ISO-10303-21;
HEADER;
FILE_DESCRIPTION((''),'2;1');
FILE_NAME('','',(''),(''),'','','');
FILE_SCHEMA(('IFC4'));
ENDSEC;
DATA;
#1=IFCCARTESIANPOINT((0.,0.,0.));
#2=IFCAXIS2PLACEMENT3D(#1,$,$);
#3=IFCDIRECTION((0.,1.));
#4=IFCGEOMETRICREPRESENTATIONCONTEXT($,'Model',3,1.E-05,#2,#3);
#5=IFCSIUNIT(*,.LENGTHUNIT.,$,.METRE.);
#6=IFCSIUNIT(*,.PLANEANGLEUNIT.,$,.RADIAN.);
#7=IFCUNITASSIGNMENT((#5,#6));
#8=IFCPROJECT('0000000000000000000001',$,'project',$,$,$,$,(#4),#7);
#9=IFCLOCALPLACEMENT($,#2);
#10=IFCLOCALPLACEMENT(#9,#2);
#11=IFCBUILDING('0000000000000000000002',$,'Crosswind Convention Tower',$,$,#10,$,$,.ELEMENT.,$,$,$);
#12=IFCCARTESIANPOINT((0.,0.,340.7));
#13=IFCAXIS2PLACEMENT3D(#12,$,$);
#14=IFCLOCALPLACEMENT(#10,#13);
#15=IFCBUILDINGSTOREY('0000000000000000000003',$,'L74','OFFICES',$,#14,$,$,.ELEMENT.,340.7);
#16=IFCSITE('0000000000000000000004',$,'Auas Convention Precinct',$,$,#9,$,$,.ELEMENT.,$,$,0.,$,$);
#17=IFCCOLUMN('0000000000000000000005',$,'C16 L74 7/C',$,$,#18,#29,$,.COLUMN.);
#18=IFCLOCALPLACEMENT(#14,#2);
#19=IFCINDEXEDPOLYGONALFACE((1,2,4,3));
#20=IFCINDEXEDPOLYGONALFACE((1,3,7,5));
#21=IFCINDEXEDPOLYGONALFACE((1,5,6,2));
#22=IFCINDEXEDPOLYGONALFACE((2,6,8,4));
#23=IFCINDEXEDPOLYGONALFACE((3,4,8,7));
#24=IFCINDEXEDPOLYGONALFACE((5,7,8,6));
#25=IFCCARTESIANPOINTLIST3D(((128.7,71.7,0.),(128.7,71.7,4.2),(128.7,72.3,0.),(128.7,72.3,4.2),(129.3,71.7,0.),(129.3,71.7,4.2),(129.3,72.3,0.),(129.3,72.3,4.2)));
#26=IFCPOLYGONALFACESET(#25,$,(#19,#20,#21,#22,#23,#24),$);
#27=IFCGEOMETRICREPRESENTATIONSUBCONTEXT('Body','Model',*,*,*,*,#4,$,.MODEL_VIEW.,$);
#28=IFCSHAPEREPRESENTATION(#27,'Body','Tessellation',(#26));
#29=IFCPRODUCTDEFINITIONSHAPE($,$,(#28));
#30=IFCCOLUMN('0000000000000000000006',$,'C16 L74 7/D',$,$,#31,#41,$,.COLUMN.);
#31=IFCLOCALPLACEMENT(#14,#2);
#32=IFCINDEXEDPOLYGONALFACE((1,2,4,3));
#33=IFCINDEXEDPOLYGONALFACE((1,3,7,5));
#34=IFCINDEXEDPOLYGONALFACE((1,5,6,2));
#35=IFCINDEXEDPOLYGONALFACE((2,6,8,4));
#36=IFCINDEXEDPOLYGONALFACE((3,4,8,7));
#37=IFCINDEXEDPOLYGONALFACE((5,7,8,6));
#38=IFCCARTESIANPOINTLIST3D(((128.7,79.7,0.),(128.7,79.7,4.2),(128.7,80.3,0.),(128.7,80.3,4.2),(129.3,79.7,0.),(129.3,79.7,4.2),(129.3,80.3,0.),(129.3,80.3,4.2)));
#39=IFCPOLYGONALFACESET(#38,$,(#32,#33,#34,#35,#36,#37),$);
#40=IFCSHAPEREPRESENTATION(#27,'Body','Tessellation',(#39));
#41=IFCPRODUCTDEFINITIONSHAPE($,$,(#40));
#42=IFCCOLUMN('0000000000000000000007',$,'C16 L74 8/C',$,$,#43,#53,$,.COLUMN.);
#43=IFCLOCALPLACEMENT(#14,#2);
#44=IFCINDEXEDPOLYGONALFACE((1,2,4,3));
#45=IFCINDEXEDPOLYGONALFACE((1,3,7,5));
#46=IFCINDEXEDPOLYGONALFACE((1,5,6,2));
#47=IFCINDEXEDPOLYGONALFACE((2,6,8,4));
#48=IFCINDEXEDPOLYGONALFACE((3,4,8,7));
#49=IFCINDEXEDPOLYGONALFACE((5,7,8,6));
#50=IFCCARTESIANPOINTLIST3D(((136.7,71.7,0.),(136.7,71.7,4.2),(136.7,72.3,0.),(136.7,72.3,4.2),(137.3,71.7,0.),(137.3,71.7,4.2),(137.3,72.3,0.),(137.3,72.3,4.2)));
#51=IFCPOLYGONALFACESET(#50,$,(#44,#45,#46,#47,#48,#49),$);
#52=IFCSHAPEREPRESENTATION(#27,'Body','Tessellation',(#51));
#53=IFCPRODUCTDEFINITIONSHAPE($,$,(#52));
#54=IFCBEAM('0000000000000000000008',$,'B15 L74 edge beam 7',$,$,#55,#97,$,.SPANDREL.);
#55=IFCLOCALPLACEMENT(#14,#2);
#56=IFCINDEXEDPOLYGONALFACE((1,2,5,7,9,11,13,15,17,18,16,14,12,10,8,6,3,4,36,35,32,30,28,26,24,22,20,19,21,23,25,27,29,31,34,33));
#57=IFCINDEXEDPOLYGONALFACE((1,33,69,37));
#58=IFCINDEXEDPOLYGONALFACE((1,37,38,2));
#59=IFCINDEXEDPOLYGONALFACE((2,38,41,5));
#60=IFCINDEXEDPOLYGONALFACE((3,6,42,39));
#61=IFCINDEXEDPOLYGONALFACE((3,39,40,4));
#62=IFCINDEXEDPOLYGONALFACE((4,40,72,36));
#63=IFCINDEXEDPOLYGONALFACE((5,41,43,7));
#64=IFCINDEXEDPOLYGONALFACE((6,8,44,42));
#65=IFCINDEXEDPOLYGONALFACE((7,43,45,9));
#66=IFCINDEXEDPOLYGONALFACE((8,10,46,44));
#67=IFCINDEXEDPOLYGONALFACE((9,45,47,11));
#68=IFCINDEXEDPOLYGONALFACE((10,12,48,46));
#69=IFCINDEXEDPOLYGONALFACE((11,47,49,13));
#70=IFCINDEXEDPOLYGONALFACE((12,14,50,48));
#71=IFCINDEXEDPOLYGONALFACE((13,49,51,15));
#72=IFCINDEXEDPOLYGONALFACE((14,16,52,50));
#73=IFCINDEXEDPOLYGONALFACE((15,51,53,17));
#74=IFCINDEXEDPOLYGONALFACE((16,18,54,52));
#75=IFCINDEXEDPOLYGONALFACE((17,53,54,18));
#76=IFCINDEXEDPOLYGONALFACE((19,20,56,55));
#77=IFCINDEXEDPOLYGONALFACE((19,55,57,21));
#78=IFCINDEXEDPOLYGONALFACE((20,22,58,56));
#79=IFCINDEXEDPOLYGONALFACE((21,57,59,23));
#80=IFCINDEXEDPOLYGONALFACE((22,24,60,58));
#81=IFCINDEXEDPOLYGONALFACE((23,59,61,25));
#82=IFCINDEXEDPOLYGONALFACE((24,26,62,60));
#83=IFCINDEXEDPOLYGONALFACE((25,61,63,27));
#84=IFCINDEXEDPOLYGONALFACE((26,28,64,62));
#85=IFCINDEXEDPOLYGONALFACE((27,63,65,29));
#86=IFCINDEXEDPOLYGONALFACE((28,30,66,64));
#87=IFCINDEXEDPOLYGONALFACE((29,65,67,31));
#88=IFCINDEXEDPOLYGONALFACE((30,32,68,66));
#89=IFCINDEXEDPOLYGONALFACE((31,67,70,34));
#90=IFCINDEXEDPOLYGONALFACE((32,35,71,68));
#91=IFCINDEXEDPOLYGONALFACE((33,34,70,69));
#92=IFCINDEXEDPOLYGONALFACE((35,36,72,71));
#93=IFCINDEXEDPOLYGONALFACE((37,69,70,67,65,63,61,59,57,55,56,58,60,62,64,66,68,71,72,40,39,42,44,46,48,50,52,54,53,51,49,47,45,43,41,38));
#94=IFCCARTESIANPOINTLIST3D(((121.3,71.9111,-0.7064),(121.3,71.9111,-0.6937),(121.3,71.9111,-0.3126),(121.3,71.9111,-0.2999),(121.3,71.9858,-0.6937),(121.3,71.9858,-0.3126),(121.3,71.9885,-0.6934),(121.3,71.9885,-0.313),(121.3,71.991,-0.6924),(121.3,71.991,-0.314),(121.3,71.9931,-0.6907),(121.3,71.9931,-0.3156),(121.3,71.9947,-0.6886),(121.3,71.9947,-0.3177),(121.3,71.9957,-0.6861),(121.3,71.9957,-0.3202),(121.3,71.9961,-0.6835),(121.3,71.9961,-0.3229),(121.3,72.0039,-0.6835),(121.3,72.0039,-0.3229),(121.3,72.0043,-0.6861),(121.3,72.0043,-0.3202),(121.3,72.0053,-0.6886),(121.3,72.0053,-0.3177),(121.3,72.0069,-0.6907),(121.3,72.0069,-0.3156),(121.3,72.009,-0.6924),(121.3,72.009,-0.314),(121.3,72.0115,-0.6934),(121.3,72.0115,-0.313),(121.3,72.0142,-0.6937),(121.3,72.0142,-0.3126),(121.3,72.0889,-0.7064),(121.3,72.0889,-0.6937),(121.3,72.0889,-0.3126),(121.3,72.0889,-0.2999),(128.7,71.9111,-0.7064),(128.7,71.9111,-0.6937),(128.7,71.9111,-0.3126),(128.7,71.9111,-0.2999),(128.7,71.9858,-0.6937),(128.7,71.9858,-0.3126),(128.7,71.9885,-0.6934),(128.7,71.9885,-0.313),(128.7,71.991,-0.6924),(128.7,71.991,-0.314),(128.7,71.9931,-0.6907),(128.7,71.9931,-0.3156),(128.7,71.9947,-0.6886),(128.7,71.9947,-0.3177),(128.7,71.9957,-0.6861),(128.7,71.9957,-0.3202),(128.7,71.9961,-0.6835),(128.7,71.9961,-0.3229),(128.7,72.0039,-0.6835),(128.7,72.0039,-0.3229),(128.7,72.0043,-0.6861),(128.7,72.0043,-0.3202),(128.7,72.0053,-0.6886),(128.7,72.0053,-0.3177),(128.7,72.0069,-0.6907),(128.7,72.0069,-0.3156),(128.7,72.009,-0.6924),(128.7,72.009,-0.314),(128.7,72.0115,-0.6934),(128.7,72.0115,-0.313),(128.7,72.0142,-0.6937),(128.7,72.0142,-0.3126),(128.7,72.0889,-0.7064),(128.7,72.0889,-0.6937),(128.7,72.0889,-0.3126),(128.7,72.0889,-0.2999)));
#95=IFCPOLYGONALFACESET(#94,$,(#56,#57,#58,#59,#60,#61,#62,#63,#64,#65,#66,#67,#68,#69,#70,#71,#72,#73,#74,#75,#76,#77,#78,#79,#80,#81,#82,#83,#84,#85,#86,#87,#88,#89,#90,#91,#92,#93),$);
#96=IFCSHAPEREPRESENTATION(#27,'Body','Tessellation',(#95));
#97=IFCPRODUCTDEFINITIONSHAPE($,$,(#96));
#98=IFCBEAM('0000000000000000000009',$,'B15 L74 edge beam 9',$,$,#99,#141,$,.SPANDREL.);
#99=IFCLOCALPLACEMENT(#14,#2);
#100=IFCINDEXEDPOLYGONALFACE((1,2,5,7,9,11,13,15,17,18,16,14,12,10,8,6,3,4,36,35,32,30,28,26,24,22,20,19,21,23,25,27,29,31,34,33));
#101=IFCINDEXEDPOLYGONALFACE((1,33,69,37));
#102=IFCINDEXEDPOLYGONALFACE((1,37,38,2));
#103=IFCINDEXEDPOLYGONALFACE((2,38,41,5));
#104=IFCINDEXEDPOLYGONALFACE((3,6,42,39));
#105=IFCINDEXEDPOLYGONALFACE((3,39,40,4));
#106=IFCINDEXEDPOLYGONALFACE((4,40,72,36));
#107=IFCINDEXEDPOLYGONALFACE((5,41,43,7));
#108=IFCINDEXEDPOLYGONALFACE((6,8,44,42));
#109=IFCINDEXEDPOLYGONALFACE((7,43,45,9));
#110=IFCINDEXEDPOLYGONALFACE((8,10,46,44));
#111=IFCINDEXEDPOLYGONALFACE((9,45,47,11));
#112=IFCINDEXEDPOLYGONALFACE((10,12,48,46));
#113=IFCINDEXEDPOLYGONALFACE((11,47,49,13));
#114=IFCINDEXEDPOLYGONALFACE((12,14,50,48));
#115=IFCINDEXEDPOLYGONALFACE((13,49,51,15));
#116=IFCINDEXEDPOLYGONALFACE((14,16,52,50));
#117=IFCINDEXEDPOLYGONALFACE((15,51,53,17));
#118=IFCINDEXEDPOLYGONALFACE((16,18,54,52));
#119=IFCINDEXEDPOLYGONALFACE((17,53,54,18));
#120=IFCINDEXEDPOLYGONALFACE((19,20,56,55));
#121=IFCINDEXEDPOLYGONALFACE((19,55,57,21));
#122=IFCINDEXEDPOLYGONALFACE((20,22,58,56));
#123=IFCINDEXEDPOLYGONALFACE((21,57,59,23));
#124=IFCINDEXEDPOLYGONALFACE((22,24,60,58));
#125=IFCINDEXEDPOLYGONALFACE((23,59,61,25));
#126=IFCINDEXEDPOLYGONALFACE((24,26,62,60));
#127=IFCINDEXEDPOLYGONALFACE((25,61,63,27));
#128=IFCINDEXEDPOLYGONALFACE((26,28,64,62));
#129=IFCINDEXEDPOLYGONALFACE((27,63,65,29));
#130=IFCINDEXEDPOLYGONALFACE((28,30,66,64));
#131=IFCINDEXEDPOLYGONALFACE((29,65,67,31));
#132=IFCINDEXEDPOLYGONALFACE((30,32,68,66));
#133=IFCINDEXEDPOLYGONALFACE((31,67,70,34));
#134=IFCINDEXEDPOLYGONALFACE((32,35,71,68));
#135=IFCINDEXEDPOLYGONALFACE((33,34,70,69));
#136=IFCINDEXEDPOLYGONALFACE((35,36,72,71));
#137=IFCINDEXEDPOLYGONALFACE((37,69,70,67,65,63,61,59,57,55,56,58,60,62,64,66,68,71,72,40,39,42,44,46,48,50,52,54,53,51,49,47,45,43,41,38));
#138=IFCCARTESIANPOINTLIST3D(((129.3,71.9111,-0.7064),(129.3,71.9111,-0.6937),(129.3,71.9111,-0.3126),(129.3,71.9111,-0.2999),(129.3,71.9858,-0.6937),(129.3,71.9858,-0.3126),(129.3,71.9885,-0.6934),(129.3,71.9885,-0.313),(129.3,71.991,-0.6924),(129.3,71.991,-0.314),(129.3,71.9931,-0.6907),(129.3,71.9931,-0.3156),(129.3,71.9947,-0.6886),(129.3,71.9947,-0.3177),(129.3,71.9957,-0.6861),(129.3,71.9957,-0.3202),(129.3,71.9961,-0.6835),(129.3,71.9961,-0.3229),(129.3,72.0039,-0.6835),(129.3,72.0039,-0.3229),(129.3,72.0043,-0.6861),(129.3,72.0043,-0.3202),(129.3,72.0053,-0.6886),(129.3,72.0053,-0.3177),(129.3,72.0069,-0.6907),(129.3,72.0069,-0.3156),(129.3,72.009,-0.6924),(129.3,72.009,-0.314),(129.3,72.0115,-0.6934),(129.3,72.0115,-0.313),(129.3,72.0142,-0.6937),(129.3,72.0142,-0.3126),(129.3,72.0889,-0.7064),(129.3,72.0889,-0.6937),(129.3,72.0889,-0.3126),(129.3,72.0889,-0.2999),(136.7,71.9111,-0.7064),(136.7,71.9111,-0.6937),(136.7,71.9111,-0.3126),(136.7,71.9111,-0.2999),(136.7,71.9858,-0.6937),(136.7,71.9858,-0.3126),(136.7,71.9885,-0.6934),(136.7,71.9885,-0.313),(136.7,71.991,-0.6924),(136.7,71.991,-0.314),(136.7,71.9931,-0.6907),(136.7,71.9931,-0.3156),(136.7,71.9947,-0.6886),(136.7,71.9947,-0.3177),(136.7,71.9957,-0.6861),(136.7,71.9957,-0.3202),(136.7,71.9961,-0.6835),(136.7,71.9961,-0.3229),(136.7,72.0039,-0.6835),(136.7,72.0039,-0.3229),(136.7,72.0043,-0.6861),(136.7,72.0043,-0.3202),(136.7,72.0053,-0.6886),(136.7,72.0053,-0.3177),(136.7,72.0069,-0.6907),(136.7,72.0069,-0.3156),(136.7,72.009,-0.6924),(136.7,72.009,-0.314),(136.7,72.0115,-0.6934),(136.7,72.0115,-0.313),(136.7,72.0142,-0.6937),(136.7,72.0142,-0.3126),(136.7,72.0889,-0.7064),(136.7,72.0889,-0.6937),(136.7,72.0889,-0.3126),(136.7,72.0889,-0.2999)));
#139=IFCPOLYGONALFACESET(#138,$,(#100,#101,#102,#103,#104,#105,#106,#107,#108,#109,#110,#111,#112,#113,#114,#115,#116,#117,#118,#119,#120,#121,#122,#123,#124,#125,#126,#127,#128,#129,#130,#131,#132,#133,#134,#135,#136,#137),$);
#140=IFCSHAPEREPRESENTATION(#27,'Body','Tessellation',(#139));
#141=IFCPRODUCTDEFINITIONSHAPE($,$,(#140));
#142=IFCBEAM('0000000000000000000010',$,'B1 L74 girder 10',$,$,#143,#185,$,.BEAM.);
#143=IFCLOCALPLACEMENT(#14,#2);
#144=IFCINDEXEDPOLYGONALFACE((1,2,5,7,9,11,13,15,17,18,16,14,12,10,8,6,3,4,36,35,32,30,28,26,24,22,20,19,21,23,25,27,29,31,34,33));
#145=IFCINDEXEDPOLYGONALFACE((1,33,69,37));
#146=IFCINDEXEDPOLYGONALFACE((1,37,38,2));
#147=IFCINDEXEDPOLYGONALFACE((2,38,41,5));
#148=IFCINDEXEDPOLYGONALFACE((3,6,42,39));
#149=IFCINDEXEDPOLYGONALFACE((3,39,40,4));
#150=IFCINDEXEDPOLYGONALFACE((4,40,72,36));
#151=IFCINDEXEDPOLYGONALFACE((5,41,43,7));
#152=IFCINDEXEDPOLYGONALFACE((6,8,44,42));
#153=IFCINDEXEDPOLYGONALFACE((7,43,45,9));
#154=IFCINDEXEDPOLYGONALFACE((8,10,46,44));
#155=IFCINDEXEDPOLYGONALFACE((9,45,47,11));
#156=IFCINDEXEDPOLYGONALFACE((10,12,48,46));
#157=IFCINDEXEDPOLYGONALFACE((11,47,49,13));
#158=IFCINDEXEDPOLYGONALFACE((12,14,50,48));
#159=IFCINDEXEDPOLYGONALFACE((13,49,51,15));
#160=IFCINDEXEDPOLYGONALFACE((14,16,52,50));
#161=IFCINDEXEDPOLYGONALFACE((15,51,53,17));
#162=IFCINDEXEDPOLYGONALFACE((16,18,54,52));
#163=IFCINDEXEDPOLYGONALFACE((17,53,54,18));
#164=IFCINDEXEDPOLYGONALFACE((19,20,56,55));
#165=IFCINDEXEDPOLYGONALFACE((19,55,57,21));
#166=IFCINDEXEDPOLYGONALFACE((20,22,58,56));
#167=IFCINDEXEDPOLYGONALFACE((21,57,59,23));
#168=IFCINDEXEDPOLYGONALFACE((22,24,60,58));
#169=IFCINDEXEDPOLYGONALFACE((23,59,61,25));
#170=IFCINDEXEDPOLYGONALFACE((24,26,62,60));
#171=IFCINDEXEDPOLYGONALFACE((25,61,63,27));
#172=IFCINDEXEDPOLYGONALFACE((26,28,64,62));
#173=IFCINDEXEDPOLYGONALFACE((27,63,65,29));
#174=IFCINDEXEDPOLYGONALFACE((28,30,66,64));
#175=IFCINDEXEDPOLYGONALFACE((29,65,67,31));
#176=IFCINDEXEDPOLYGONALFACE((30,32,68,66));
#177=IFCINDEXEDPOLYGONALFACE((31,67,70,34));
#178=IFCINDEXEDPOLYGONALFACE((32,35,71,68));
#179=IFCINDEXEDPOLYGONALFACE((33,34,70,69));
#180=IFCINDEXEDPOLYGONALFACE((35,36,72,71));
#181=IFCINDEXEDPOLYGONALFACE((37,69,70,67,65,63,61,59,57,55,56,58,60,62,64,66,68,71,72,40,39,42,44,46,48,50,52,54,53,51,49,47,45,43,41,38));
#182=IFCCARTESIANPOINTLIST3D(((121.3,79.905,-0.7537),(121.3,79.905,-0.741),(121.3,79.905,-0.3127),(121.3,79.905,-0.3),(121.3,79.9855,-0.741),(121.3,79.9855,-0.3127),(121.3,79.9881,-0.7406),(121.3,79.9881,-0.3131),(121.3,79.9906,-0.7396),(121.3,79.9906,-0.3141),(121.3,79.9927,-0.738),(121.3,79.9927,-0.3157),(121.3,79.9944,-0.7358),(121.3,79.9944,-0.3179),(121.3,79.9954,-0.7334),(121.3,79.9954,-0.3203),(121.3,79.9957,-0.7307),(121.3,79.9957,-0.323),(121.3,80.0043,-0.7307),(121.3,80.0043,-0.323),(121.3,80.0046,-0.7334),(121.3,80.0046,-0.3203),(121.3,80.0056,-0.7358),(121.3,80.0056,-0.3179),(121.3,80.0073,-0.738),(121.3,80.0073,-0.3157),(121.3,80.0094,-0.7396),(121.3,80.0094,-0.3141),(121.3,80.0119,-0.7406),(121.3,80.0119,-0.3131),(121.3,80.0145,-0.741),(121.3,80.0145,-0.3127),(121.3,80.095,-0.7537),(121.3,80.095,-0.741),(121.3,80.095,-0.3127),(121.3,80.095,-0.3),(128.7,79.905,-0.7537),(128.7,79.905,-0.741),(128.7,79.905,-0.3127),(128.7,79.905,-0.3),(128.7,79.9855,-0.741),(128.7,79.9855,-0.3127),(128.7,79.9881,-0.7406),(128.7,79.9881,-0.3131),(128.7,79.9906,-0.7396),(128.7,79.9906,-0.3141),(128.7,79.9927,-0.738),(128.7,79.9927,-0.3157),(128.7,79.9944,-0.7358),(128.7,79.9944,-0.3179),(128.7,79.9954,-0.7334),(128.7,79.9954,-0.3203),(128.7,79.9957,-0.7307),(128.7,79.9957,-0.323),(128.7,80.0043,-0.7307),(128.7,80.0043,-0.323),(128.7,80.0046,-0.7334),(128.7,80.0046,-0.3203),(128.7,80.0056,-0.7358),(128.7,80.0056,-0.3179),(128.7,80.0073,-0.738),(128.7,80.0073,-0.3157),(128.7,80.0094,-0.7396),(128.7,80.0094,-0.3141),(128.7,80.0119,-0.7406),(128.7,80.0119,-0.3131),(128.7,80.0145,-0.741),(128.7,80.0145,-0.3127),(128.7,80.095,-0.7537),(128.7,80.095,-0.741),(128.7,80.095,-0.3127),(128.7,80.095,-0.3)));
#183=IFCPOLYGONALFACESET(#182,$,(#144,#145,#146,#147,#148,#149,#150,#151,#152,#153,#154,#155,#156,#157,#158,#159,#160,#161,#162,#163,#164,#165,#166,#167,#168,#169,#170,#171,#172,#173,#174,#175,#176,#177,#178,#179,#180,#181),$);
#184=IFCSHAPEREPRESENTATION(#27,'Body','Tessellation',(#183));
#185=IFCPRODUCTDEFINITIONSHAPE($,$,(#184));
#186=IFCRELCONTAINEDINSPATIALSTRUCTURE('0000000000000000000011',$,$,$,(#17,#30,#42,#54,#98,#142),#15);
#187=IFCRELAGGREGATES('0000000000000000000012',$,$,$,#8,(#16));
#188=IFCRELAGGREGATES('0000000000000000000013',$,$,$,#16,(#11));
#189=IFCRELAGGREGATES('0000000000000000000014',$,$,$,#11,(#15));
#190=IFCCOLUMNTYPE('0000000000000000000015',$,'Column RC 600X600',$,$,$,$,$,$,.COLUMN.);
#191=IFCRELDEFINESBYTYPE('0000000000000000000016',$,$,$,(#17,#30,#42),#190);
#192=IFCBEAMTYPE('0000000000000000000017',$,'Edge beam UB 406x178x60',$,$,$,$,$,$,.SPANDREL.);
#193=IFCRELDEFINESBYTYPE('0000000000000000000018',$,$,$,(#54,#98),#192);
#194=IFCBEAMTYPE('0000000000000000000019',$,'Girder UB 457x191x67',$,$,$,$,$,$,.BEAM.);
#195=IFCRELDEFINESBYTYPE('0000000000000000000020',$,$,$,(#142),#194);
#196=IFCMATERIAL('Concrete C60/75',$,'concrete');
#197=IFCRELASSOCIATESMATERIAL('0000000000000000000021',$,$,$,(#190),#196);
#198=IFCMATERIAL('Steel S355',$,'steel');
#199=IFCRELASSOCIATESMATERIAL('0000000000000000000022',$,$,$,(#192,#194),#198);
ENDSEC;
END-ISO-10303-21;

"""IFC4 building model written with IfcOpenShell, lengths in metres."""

from ifc_helpers import new_model, si_unit, direction, frame, origin, origin_2d, place, context, subcontext, project, spatial, rectangle, i_section, extrude, material, material_profile, profile_set, type_object, element, save


model = new_model("IFC4")

# Units and contexts
model_context = context("Model", 3, precision=1e-05, world=origin(), true_north=direction((0.0, 1.0)))
body_context = subcontext(model_context, "Body", "Model", "MODEL_VIEW")
ifc_project = project(units=[si_unit("LENGTHUNIT", "METRE"), si_unit("PLANEANGLEUNIT", "RADIAN")], contexts=[model_context])

# Site, building, storey
site_placement = place(None, origin())
site = spatial("IfcSite", under=ifc_project, at=site_placement, Name="Auas Convention Precinct", CompositionType="ELEMENT", RefElevation=0.0)
building_placement = place(site_placement, origin())
building = spatial("IfcBuilding", under=site, at=building_placement, Name="Crosswind Convention Tower", CompositionType="ELEMENT")
storey_placement = place(building_placement, frame((0.0, 0.0, 340.7)))
storey = spatial("IfcBuildingStorey", under=building, at=storey_placement, Name="L74", Description="OFFICES", CompositionType="ELEMENT", Elevation=340.7)

# Columns
ifc_material_1 = material(Name="Concrete C60/75", Category="concrete")
ifc_material_profile_1 = material_profile(ifc_material_1, rectangle(XDim=0.6001, YDim=0.6001, at=origin_2d()), Name="RC 600X600")
ifc_profile_set_1 = profile_set([ifc_material_profile_1], Name="Concrete C60/75")
column_type = type_object("IfcColumnType", Name="Column RC 600X600", PredefinedType="COLUMN", material=ifc_profile_set_1)
for number, where, z_axis, x_axis, name in (
    (1, (129.0, 72.0, 0.0), (0.0, 0.0, 1.0), (1.0, 0.0, 0.0), "C16 L74 7/C"),
    (2, (129.0, 80.0, 0.0), (0.0, 0.0, 1.0), (1.0, 0.0, 0.0), "C16 L74 7/D"),
    (3, (137.0, 72.0, 0.0), (0.0, 0.0, 1.0), (1.0, 0.0, 0.0), "C16 L74 8/C"),
):
    element("IfcColumn", number, at=place(storey_placement, frame(where, z_axis=z_axis, x_axis=x_axis)), inside=storey, type_object=column_type, Name=name, PredefinedType="COLUMN", context=body_context, shape_type="SweptSolid", body=[
        extrude(rectangle(XDim=0.6001, YDim=0.6001, at=origin_2d()), origin(), (0.0, 0.0, 1.0), 4.2),
    ])

# Beams
ifc_material_2 = material(Name="Steel S355", Category="steel")
ifc_material_profile_2 = material_profile(ifc_material_2, i_section(OverallWidth=0.1777, OverallDepth=0.4065, WebThickness=0.0078, FlangeThickness=0.0127, FilletRadius=0.0103, at=origin_2d()), Name="UB 406x178x60")
ifc_profile_set_2 = profile_set([ifc_material_profile_2], Name="Steel S355")
beam_type_1 = type_object("IfcBeamType", Name="Edge beam UB 406x178x60", PredefinedType="SPANDREL", material=ifc_profile_set_2)
for number, where, z_axis, x_axis, name in (
    (4, (121.3, 72.0, -0.5032), (1.0, 0.0, 0.0), (0.0, 1.0, 0.0), "B15 L74 edge beam 7"),
    (5, (129.3, 72.0, -0.5032), (1.0, 0.0, 0.0), (0.0, 1.0, 0.0), "B15 L74 edge beam 9"),
):
    element("IfcBeam", number, at=place(storey_placement, frame(where, z_axis=z_axis, x_axis=x_axis)), inside=storey, type_object=beam_type_1, Name=name, PredefinedType="SPANDREL", context=body_context, shape_type="SweptSolid", body=[
        extrude(i_section(OverallWidth=0.1777, OverallDepth=0.4065, WebThickness=0.0078, FlangeThickness=0.0127, FilletRadius=0.0103, at=origin_2d()), origin(), (0.0, 0.0, 1.0), 7.3999),
    ])
ifc_material_profile_3 = material_profile(ifc_material_2, i_section(OverallWidth=0.1899, OverallDepth=0.4536, WebThickness=0.0085, FlangeThickness=0.0127, FilletRadius=0.0103, at=origin_2d()), Name="UB 457x191x67")
ifc_profile_set_3 = profile_set([ifc_material_profile_3], Name="Steel S355")
beam_type_2 = type_object("IfcBeamType", Name="Girder UB 457x191x67", PredefinedType="BEAM", material=ifc_profile_set_3)
for number, where, z_axis, x_axis, name in (
    (6, (121.3, 80.0, -0.5269), (1.0, 0.0, 0.0), (0.0, 1.0, 0.0), "B1 L74 girder 10"),
):
    element("IfcBeam", number, at=place(storey_placement, frame(where, z_axis=z_axis, x_axis=x_axis)), inside=storey, type_object=beam_type_2, Name=name, PredefinedType="BEAM", context=body_context, shape_type="SweptSolid", body=[
        extrude(i_section(OverallWidth=0.1899, OverallDepth=0.4536, WebThickness=0.0085, FlangeThickness=0.0127, FilletRadius=0.0103, at=origin_2d()), origin(), (0.0, 0.0, 1.0), 7.3999),
    ])

save(model, "model.ifc")
